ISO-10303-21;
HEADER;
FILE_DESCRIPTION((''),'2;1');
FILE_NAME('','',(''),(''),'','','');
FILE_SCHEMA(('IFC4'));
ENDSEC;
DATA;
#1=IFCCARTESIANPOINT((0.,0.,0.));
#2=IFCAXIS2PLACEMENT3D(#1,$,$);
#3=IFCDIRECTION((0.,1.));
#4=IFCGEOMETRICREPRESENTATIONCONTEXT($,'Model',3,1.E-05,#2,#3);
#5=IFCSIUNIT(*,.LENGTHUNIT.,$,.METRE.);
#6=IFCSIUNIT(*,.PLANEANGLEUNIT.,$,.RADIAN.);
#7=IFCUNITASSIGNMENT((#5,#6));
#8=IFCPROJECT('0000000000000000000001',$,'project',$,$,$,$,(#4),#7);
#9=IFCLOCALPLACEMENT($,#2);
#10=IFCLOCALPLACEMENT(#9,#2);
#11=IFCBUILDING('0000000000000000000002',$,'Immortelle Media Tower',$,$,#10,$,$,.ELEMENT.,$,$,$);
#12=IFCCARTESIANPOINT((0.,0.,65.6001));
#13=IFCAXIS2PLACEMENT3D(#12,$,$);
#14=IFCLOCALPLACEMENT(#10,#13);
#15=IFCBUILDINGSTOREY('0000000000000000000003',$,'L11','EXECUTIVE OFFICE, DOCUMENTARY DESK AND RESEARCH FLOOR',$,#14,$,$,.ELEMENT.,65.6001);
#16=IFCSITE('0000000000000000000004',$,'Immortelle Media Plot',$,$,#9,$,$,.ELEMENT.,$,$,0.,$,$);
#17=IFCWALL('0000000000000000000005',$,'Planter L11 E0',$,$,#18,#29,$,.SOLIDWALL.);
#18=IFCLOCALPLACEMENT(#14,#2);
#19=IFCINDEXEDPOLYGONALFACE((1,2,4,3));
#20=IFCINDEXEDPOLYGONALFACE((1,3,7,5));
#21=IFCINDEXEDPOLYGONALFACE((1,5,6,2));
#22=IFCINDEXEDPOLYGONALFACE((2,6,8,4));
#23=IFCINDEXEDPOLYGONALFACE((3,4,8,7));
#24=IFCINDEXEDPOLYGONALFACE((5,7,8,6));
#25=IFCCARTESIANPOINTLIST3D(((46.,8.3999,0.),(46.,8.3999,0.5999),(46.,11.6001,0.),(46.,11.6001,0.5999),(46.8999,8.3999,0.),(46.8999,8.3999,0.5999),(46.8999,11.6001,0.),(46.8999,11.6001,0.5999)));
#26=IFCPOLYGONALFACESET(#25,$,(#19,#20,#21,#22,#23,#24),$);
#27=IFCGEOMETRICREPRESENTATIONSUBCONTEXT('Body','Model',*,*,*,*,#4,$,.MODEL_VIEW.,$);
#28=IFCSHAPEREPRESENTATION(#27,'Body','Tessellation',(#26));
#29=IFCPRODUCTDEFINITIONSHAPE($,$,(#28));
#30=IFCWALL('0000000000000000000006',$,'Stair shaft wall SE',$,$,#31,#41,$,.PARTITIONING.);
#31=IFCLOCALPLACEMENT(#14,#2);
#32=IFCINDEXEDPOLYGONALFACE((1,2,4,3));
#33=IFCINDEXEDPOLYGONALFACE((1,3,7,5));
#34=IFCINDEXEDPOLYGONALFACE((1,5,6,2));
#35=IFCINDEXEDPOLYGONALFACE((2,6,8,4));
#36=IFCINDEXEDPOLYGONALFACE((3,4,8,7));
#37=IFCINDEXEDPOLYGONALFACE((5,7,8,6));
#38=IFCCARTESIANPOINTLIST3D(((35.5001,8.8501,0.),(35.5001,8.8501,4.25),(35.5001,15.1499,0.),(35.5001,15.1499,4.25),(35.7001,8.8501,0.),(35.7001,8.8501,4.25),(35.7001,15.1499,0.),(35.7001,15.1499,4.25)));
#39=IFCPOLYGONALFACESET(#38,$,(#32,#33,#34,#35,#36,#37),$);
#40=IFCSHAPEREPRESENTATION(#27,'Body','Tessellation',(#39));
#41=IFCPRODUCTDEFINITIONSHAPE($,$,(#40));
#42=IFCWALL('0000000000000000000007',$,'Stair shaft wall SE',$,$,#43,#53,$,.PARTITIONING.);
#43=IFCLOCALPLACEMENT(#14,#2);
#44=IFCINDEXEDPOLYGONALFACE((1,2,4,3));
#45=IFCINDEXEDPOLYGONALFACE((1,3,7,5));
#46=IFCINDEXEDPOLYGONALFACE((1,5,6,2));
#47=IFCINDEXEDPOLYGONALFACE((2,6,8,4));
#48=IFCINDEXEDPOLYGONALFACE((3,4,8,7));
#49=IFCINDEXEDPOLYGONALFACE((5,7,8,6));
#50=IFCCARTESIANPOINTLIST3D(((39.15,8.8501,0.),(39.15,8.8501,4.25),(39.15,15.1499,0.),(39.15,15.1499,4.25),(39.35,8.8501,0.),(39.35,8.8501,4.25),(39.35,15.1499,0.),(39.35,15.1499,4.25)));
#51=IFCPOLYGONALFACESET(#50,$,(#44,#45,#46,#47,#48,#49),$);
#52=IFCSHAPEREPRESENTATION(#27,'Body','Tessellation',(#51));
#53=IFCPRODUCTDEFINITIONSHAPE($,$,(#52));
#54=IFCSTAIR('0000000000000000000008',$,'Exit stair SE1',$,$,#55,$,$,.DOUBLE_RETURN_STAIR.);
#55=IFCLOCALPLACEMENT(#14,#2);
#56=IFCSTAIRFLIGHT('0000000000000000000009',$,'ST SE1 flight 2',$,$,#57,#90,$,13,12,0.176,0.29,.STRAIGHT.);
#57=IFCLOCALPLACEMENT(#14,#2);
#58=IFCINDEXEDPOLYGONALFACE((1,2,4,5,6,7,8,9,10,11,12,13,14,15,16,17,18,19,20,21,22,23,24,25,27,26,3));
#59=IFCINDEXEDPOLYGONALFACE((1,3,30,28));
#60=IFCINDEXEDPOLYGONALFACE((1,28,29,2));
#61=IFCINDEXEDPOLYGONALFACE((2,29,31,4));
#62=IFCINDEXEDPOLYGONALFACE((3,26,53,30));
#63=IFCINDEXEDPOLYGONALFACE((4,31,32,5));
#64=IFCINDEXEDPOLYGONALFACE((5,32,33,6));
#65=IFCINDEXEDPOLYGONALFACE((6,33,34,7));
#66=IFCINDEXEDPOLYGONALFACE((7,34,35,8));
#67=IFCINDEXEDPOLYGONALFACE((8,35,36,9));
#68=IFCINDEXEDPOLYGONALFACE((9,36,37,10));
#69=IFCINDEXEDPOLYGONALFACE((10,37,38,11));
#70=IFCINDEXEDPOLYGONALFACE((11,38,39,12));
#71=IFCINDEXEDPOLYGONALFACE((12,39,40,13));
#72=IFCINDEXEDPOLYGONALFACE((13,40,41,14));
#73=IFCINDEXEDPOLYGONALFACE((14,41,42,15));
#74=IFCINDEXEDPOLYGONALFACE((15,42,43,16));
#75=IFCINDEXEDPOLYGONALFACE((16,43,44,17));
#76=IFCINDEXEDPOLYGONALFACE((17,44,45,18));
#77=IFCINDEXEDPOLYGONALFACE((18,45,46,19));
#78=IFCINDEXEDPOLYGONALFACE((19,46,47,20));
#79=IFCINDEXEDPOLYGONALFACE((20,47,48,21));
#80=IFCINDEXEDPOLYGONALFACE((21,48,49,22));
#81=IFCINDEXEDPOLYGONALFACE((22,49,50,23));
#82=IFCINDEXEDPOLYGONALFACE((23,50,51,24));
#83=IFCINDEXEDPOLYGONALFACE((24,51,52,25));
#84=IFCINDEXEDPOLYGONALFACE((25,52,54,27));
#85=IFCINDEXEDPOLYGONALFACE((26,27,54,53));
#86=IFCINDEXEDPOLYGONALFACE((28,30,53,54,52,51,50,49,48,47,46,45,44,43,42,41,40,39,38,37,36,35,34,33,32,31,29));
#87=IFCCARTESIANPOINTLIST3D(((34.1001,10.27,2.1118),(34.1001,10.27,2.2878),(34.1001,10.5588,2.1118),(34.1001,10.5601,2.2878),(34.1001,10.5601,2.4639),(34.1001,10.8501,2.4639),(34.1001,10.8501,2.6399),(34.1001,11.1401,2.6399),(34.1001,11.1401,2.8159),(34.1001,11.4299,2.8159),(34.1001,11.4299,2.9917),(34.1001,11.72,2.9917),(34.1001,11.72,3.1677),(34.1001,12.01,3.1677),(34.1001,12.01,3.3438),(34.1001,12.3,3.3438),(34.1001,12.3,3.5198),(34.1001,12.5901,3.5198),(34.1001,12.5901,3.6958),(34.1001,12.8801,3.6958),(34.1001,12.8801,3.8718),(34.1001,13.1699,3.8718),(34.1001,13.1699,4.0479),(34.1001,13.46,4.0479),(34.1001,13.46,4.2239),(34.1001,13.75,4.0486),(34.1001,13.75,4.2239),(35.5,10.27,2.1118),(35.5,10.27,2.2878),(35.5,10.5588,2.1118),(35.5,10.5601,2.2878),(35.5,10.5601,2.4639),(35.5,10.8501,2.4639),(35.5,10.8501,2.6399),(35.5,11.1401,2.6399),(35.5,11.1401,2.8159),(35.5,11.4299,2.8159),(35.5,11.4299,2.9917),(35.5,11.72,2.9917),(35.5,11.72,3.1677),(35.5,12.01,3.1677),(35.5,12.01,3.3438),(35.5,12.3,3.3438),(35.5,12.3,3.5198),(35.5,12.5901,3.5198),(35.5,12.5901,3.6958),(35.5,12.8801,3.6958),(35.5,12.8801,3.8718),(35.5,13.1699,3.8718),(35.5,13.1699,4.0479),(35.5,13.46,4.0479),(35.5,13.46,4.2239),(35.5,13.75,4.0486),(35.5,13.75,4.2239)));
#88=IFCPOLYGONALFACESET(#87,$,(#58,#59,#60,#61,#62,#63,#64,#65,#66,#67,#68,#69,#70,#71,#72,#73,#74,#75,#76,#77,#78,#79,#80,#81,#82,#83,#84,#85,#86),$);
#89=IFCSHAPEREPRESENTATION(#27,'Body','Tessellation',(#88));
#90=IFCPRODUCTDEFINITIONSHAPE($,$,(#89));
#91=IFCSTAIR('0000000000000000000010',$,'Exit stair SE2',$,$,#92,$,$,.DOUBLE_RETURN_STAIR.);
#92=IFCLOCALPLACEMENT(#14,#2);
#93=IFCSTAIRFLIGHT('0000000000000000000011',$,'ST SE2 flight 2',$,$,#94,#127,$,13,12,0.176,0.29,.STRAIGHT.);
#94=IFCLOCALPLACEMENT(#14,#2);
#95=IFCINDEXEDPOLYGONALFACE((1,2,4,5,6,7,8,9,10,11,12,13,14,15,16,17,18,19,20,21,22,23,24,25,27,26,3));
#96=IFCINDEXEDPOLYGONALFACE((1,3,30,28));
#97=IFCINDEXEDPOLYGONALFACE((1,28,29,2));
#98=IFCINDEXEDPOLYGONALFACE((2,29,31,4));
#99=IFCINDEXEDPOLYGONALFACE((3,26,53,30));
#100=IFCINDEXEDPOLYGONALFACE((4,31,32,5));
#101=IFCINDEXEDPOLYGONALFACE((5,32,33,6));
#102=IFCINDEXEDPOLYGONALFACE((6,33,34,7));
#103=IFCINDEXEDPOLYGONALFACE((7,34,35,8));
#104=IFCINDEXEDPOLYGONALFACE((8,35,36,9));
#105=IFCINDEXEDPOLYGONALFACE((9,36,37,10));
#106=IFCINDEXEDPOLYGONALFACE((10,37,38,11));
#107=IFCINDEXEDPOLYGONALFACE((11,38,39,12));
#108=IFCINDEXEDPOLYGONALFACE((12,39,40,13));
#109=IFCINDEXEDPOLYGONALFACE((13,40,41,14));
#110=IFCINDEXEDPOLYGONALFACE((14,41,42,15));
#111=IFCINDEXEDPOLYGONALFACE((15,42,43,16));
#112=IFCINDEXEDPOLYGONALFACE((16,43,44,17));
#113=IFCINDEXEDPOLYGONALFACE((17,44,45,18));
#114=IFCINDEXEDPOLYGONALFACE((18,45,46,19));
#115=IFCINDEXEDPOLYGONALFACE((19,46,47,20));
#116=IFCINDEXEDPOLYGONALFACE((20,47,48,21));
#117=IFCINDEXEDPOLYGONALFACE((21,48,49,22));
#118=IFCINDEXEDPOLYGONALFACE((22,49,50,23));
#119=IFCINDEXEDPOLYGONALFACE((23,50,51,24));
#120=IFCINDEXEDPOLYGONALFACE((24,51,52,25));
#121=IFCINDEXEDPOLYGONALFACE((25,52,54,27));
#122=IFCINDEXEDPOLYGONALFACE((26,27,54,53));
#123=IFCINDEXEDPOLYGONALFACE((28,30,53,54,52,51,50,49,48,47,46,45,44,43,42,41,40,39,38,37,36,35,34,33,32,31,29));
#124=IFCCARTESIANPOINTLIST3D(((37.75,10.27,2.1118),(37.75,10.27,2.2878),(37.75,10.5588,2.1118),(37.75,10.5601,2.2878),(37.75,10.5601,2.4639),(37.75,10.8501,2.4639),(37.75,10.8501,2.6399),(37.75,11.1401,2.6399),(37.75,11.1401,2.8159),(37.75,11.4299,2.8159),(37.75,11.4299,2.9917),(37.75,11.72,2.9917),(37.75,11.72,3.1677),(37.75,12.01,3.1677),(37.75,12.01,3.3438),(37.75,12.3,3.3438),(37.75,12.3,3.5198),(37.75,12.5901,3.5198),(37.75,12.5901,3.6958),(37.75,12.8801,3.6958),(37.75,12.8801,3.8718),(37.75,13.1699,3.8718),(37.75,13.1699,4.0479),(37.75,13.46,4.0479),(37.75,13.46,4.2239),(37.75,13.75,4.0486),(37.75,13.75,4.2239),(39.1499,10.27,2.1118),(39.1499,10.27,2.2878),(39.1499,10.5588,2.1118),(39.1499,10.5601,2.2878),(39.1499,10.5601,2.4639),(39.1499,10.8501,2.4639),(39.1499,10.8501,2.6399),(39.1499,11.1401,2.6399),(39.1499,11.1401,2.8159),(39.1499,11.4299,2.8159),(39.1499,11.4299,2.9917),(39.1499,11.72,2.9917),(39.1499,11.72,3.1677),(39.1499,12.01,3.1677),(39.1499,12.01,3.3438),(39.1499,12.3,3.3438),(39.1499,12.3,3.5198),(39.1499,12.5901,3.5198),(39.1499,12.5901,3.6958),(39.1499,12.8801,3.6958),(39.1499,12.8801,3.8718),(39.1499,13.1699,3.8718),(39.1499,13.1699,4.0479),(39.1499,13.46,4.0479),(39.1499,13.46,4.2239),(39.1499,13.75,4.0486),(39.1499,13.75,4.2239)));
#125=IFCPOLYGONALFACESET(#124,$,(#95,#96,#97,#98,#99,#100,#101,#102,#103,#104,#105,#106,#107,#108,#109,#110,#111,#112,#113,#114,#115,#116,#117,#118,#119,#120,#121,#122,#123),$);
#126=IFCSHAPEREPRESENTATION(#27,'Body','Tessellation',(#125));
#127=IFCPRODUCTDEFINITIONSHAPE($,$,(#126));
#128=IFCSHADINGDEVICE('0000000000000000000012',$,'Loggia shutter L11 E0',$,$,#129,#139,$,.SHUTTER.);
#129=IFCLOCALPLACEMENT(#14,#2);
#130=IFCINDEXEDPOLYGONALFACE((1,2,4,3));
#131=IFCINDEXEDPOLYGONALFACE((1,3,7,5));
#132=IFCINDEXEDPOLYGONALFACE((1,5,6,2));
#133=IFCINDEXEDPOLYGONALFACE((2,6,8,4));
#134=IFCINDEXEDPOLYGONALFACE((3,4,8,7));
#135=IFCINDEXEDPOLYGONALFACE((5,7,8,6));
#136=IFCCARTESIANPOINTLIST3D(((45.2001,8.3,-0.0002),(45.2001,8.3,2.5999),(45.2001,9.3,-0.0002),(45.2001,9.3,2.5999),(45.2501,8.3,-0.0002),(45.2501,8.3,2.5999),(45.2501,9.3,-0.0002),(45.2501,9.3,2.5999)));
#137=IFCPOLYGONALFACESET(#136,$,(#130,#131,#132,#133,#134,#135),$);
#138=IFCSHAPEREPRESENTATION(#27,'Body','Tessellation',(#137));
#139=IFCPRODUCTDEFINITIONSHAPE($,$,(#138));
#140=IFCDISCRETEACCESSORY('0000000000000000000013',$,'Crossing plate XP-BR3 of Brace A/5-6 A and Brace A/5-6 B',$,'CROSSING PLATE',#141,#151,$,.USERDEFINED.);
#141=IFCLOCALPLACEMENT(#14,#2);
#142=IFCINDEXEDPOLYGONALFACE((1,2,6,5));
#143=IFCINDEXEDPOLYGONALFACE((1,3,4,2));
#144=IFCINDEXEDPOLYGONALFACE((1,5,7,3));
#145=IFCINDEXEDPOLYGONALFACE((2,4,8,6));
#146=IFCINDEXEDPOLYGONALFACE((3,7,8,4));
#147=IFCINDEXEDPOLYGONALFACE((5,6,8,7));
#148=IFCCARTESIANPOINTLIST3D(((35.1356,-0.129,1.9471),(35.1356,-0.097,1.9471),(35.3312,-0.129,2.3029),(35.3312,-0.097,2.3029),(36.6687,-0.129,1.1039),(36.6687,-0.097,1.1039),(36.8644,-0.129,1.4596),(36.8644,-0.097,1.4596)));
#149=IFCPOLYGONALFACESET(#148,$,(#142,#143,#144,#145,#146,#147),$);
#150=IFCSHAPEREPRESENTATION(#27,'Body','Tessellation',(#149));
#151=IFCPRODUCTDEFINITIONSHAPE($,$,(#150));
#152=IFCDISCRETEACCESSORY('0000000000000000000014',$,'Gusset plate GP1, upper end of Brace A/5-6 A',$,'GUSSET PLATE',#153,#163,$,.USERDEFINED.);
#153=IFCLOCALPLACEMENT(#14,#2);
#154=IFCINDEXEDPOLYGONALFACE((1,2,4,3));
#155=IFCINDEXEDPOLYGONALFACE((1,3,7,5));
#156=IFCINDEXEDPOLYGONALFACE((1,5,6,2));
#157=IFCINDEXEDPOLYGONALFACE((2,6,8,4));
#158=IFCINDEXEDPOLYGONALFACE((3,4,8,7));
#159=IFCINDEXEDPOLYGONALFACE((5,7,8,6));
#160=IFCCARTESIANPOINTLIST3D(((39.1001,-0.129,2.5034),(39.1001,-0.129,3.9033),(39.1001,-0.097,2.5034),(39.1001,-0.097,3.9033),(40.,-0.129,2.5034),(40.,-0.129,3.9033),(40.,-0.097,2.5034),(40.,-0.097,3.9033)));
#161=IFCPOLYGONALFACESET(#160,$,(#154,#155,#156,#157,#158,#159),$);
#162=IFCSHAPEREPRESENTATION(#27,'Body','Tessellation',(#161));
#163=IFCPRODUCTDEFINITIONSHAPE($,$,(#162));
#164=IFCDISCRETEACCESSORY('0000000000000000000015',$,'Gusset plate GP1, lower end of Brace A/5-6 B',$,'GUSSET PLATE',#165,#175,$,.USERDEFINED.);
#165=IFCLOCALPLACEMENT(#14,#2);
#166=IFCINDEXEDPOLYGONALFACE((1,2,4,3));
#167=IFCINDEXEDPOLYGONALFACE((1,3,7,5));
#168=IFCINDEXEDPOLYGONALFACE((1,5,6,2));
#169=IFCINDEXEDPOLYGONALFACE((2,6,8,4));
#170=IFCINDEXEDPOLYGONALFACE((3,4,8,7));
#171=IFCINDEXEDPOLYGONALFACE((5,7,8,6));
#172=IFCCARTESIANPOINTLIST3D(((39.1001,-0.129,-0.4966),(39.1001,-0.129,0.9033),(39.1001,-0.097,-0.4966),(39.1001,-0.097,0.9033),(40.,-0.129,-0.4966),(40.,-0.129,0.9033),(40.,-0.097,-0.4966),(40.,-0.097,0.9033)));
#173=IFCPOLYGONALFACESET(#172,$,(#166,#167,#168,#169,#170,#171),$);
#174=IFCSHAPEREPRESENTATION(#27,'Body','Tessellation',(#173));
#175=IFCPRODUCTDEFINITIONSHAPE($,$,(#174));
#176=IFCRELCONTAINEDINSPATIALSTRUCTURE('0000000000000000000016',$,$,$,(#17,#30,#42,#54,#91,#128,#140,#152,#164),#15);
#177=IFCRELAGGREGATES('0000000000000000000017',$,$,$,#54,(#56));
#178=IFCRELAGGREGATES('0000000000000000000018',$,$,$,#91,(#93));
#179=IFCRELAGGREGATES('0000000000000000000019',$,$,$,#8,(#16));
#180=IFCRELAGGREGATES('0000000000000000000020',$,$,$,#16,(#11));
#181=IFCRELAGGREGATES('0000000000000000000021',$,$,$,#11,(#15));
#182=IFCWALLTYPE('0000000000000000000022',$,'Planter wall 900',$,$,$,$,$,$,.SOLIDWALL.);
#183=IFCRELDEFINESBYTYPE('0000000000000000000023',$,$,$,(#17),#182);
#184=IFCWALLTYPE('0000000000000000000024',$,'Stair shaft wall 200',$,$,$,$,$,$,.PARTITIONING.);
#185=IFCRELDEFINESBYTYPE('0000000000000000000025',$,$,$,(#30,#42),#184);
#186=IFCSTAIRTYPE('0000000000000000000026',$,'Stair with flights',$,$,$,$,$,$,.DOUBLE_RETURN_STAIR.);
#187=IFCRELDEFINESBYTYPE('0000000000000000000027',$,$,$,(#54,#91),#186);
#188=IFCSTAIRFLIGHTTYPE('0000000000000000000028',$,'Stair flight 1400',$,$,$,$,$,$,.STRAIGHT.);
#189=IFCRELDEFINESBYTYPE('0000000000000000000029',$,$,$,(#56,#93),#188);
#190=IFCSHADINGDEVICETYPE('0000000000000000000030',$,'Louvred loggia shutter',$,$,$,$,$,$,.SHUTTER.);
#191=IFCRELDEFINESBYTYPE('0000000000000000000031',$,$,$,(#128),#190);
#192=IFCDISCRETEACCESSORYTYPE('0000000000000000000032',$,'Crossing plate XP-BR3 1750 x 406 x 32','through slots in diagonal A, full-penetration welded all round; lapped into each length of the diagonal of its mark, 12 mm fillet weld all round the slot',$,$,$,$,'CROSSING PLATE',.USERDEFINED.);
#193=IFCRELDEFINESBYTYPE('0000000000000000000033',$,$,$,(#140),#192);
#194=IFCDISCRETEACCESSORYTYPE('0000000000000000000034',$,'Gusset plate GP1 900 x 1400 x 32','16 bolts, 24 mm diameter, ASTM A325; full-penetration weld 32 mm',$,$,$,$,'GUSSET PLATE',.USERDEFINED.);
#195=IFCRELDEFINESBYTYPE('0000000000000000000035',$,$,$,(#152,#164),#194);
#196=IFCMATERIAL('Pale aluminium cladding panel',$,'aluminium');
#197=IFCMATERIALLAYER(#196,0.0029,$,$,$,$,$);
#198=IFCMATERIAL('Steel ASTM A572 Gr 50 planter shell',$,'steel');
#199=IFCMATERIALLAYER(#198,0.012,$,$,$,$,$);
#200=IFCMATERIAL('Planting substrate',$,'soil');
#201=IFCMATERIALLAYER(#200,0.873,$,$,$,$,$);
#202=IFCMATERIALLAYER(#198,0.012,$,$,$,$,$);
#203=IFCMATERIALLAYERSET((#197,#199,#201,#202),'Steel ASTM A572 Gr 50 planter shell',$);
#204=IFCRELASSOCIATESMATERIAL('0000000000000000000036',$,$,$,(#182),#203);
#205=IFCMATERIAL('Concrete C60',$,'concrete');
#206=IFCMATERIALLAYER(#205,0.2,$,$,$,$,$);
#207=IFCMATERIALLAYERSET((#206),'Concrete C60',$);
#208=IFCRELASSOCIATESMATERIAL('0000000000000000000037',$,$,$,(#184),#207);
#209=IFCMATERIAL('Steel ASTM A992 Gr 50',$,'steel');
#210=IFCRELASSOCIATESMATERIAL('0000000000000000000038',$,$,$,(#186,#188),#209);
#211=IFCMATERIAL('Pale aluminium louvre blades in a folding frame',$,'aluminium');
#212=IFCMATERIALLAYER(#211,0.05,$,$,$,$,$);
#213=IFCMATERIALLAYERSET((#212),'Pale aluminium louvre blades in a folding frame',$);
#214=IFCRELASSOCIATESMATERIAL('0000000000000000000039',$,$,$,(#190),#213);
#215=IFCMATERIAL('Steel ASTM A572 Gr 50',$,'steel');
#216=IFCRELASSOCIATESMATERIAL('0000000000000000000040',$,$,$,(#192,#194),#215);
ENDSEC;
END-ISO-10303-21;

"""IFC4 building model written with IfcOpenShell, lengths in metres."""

from ifc_helpers import new_model, si_unit, direction, frame, frame_2d, origin, origin_2d, place, context, subcontext, project, spatial, polyline, rectangle, outline, extrude, material, layer, layer_set, material_profile, profile_set, type_object, element, aggregate, save


model = new_model("IFC4")

# Units and contexts
model_context = context("Model", 3, precision=1e-05, world=origin(), true_north=direction((0.0, 1.0)))
body_context = subcontext(model_context, "Body", "Model", "MODEL_VIEW")
ifc_project = project(units=[si_unit("LENGTHUNIT", "METRE"), si_unit("PLANEANGLEUNIT", "RADIAN")], contexts=[model_context])

# Site, building, storey
site_placement = place(None, origin())
site = spatial("IfcSite", under=ifc_project, at=site_placement, Name="Immortelle Media Plot", CompositionType="ELEMENT", RefElevation=0.0)
building_placement = place(site_placement, origin())
building = spatial("IfcBuilding", under=site, at=building_placement, Name="Immortelle Media Tower", CompositionType="ELEMENT")
storey_placement = place(building_placement, frame((0.0, 0.0, 65.6001)))
storey = spatial("IfcBuildingStorey", under=building, at=storey_placement, Name="L11", Description="EXECUTIVE OFFICE, DOCUMENTARY DESK AND RESEARCH FLOOR", CompositionType="ELEMENT", Elevation=65.6001)

# Shared definitions
ifc_material_1 = material(Name="Steel ASTM A992 Gr 50", Category="steel")

# Shared definitions
ifc_material_2 = material(Name="Pale aluminium cladding panel", Category="aluminium")

# Walls
ifc_layer_1 = layer(ifc_material_2, 0.0029)
ifc_material_3 = material(Name="Steel ASTM A572 Gr 50 planter shell", Category="steel")
ifc_layer_2 = layer(ifc_material_3, 0.012)
ifc_material_4 = material(Name="Planting substrate", Category="soil")
ifc_layer_3 = layer(ifc_material_4, 0.873)
ifc_layer_4 = layer(ifc_material_3, 0.012)
ifc_layer_set_1 = layer_set([ifc_layer_1, ifc_layer_2, ifc_layer_3, ifc_layer_4], Name="Steel ASTM A572 Gr 50 planter shell")
wall_type_1 = type_object("IfcWallType", Name="Planter wall 900", PredefinedType="SOLIDWALL", material=ifc_layer_set_1)
wall_1_placement = place(storey_placement, frame((46.45, 8.3999, 0.0), z_axis=(0.0, 0.0, 1.0), x_axis=(0.0, 1.0, 0.0)))
element("IfcWall", 1, at=wall_1_placement, inside=storey, type_object=wall_type_1, Name="Planter L11 E0", PredefinedType="SOLIDWALL", context=body_context, shape_type="SweptSolid", body=[
    extrude(rectangle(XDim=3.2002, YDim=0.8999, at=frame_2d((1.6001, 0.0))), origin(), (0.0, 0.0, 1.0), 0.5999),
])
ifc_material_5 = material(Name="Concrete C60", Category="concrete")
ifc_layer_5 = layer(ifc_material_5, 0.2)
ifc_layer_set_2 = layer_set([ifc_layer_5], Name="Concrete C60")
wall_type_2 = type_object("IfcWallType", Name="Stair shaft wall 200", PredefinedType="PARTITIONING", material=ifc_layer_set_2)
for number, where, z_axis, x_axis, name in (
    (2, (35.6001, 8.8501, 0.0), (0.0, 0.0, 1.0), (0.0, 1.0, 0.0), "Stair shaft wall SE"),
    (3, (39.25, 8.8501, 0.0), (0.0, 0.0, 1.0), (0.0, 1.0, 0.0), "Stair shaft wall SE"),
):
    element("IfcWall", number, at=place(storey_placement, frame(where, z_axis=z_axis, x_axis=x_axis)), inside=storey, type_object=wall_type_2, Name=name, PredefinedType="PARTITIONING", context=body_context, shape_type="SweptSolid", body=[
        extrude(rectangle(XDim=6.2998, YDim=0.2, at=frame_2d((3.1499, 0.0))), origin(), (0.0, 0.0, 1.0), 4.25),
    ])

# Stairs, stair flights
stair_type = type_object("IfcStairType", Name="Stair with flights", PredefinedType="DOUBLE_RETURN_STAIR", material=ifc_material_1)
stair_1_placement = place(storey_placement, origin())
stair_1 = element("IfcStair", 4, at=stair_1_placement, inside=storey, type_object=stair_type, Name="Exit stair SE1", PredefinedType="DOUBLE_RETURN_STAIR")
stair_flight_type = type_object("IfcStairFlightType", Name="Stair flight 1400", PredefinedType="STRAIGHT", material=ifc_material_1)
stair_flight_1_placement = place(storey_placement, frame((34.8, 10.27, 2.1118), z_axis=(0.0, 0.0, 1.0), x_axis=(0.0, 1.0, 0.0)))
stair_flight_1 = element("IfcStairFlight", 5, at=stair_flight_1_placement, type_object=stair_flight_type, Name="ST SE1 flight 2", NumberOfRisers=13, NumberOfTreads=12, PredefinedType="STRAIGHT", RiserHeight=0.176, TreadLength=0.29, context=body_context, shape_type="SweptSolid", body=[
    extrude(outline(polyline([(0.0, 0.0), (0.0, 0.176), (0.29, 0.176), (0.29, 0.3521), (0.5801, 0.3521), (0.5801, 0.5281), (0.8701, 0.5281), (0.8701, 0.7041), (1.1599, 0.7041), (1.1599, 0.8799), (1.45, 0.8799), (1.45, 1.0559), (1.74, 1.0559), (1.74, 1.2319), (2.03, 1.2319), (2.03, 1.408), (2.3201, 1.408), (2.3201, 1.584), (2.6101, 1.584), (2.6101, 1.76), (2.8999, 1.76), (2.8999, 1.936), (3.1899, 1.936), (3.1899, 2.1121), (3.48, 2.1121), (3.48, 2.2881), (3.48, 1.9368), (0.2888, 0.0), (0.0, 0.0)])), frame((0.0, 0.7, 0.0), z_axis=(0.0, -1.0, 0.0), x_axis=(1.0, 0.0, 0.0)), (0.0, 0.0, 1.0), 1.3999),
])
aggregate(stair_1, [stair_flight_1])
stair_2_placement = place(storey_placement, origin())
stair_2 = element("IfcStair", 6, at=stair_2_placement, inside=storey, type_object=stair_type, Name="Exit stair SE2", PredefinedType="DOUBLE_RETURN_STAIR")
stair_flight_2_placement = place(storey_placement, frame((38.45, 10.27, 2.1118), z_axis=(0.0, 0.0, 1.0), x_axis=(0.0, 1.0, 0.0)))
stair_flight_2 = element("IfcStairFlight", 7, at=stair_flight_2_placement, type_object=stair_flight_type, Name="ST SE2 flight 2", NumberOfRisers=13, NumberOfTreads=12, PredefinedType="STRAIGHT", RiserHeight=0.176, TreadLength=0.29, context=body_context, shape_type="SweptSolid", body=[
    extrude(outline(polyline([(0.0, 0.0), (0.0, 0.176), (0.29, 0.176), (0.29, 0.3521), (0.5801, 0.3521), (0.5801, 0.5281), (0.8701, 0.5281), (0.8701, 0.7041), (1.1599, 0.7041), (1.1599, 0.8799), (1.45, 0.8799), (1.45, 1.0559), (1.74, 1.0559), (1.74, 1.2319), (2.03, 1.2319), (2.03, 1.408), (2.3201, 1.408), (2.3201, 1.584), (2.6101, 1.584), (2.6101, 1.76), (2.8999, 1.76), (2.8999, 1.936), (3.1899, 1.936), (3.1899, 2.1121), (3.48, 2.1121), (3.48, 2.2881), (3.48, 1.9368), (0.2888, 0.0), (0.0, 0.0)])), frame((0.0, 0.7, 0.0), z_axis=(0.0, -1.0, 0.0), x_axis=(1.0, 0.0, 0.0)), (0.0, 0.0, 1.0), 1.3999),
])
aggregate(stair_2, [stair_flight_2])

# Shading device
ifc_material_6 = material(Name="Pale aluminium louvre blades in a folding frame", Category="aluminium")
ifc_layer_6 = layer(ifc_material_6, 0.05)
ifc_layer_set_3 = layer_set([ifc_layer_6], Name="Pale aluminium louvre blades in a folding frame")
shading_device_type = type_object("IfcShadingDeviceType", Name="Louvred loggia shutter", PredefinedType="SHUTTER", material=ifc_layer_set_3)
shading_device_placement = place(storey_placement, frame((45.2251, 8.8, -0.0002), z_axis=(0.0, 0.0, 1.0), x_axis=(0.0, 1.0, 0.0)))
element("IfcShadingDevice", 8, at=shading_device_placement, inside=storey, type_object=shading_device_type, Name="Loggia shutter L11 E0", PredefinedType="SHUTTER", context=body_context, shape_type="SweptSolid", body=[
    extrude(rectangle(XDim=1.0, YDim=0.05, at=origin_2d()), origin(), (0.0, 0.0, 1.0), 2.6001),
])

# Discrete accessories
ifc_material_7 = material(Name="Steel ASTM A572 Gr 50", Category="steel")
ifc_material_profile_1 = material_profile(ifc_material_7, rectangle(XDim=0.032, YDim=0.406, at=origin_2d()), Name="PL 32 x 406")
ifc_profile_set_1 = profile_set([ifc_material_profile_1], Name="Steel ASTM A572 Gr 50")
discrete_accessory_type_1 = type_object("IfcDiscreteAccessoryType", Name="Crossing plate XP-BR3 1750 x 406 x 32", Description="through slots in diagonal A, full-penetration welded all round; lapped into each length of the diagonal of its mark, 12 mm fillet weld all round the slot", ElementType="CROSSING PLATE", PredefinedType="USERDEFINED", material=ifc_profile_set_1)
discrete_accessory_placement = place(storey_placement, frame((35.2334, -0.113, 2.125), z_axis=(0.876216, 0.0, -0.481919), x_axis=(0.0, 1.0, 0.0)))
element("IfcDiscreteAccessory", 9, at=discrete_accessory_placement, inside=storey, type_object=discrete_accessory_type_1, Name="Crossing plate XP-BR3 of Brace A/5-6 A and Brace A/5-6 B", ObjectType="CROSSING PLATE", PredefinedType="USERDEFINED", context=body_context, shape_type="SweptSolid", body=[
    extrude(rectangle(XDim=0.032, YDim=0.406, at=origin_2d()), origin(), (0.0, 0.0, 1.0), 1.7498),
])
ifc_material_profile_2 = material_profile(ifc_material_7, rectangle(XDim=0.032, YDim=1.3999, at=origin_2d()), Name="PL 32 x 1400")
ifc_profile_set_2 = profile_set([ifc_material_profile_2], Name="Steel ASTM A572 Gr 50")
discrete_accessory_type_2 = type_object("IfcDiscreteAccessoryType", Name="Gusset plate GP1 900 x 1400 x 32", Description="16 bolts, 24 mm diameter, ASTM A325; full-penetration weld 32 mm", ElementType="GUSSET PLATE", PredefinedType="USERDEFINED", material=ifc_profile_set_2)
for number, where, z_axis, x_axis, name in (
    (10, (40.0, -0.113, 3.2034), (-1.0, 0.0, 0.0), (0.0, -1.0, 0.0), "Gusset plate GP1, upper end of Brace A/5-6 A"),
    (11, (40.0, -0.113, 0.2034), (-1.0, 0.0, 0.0), (0.0, -1.0, 0.0), "Gusset plate GP1, lower end of Brace A/5-6 B"),
):
    element("IfcDiscreteAccessory", number, at=place(storey_placement, frame(where, z_axis=z_axis, x_axis=x_axis)), inside=storey, type_object=discrete_accessory_type_2, Name=name, ObjectType="GUSSET PLATE", PredefinedType="USERDEFINED", context=body_context, shape_type="SweptSolid", body=[
        extrude(rectangle(XDim=0.032, YDim=1.3999, at=origin_2d()), origin(), (0.0, 0.0, 1.0), 0.8999),
    ])

save(model, "model.ifc")
